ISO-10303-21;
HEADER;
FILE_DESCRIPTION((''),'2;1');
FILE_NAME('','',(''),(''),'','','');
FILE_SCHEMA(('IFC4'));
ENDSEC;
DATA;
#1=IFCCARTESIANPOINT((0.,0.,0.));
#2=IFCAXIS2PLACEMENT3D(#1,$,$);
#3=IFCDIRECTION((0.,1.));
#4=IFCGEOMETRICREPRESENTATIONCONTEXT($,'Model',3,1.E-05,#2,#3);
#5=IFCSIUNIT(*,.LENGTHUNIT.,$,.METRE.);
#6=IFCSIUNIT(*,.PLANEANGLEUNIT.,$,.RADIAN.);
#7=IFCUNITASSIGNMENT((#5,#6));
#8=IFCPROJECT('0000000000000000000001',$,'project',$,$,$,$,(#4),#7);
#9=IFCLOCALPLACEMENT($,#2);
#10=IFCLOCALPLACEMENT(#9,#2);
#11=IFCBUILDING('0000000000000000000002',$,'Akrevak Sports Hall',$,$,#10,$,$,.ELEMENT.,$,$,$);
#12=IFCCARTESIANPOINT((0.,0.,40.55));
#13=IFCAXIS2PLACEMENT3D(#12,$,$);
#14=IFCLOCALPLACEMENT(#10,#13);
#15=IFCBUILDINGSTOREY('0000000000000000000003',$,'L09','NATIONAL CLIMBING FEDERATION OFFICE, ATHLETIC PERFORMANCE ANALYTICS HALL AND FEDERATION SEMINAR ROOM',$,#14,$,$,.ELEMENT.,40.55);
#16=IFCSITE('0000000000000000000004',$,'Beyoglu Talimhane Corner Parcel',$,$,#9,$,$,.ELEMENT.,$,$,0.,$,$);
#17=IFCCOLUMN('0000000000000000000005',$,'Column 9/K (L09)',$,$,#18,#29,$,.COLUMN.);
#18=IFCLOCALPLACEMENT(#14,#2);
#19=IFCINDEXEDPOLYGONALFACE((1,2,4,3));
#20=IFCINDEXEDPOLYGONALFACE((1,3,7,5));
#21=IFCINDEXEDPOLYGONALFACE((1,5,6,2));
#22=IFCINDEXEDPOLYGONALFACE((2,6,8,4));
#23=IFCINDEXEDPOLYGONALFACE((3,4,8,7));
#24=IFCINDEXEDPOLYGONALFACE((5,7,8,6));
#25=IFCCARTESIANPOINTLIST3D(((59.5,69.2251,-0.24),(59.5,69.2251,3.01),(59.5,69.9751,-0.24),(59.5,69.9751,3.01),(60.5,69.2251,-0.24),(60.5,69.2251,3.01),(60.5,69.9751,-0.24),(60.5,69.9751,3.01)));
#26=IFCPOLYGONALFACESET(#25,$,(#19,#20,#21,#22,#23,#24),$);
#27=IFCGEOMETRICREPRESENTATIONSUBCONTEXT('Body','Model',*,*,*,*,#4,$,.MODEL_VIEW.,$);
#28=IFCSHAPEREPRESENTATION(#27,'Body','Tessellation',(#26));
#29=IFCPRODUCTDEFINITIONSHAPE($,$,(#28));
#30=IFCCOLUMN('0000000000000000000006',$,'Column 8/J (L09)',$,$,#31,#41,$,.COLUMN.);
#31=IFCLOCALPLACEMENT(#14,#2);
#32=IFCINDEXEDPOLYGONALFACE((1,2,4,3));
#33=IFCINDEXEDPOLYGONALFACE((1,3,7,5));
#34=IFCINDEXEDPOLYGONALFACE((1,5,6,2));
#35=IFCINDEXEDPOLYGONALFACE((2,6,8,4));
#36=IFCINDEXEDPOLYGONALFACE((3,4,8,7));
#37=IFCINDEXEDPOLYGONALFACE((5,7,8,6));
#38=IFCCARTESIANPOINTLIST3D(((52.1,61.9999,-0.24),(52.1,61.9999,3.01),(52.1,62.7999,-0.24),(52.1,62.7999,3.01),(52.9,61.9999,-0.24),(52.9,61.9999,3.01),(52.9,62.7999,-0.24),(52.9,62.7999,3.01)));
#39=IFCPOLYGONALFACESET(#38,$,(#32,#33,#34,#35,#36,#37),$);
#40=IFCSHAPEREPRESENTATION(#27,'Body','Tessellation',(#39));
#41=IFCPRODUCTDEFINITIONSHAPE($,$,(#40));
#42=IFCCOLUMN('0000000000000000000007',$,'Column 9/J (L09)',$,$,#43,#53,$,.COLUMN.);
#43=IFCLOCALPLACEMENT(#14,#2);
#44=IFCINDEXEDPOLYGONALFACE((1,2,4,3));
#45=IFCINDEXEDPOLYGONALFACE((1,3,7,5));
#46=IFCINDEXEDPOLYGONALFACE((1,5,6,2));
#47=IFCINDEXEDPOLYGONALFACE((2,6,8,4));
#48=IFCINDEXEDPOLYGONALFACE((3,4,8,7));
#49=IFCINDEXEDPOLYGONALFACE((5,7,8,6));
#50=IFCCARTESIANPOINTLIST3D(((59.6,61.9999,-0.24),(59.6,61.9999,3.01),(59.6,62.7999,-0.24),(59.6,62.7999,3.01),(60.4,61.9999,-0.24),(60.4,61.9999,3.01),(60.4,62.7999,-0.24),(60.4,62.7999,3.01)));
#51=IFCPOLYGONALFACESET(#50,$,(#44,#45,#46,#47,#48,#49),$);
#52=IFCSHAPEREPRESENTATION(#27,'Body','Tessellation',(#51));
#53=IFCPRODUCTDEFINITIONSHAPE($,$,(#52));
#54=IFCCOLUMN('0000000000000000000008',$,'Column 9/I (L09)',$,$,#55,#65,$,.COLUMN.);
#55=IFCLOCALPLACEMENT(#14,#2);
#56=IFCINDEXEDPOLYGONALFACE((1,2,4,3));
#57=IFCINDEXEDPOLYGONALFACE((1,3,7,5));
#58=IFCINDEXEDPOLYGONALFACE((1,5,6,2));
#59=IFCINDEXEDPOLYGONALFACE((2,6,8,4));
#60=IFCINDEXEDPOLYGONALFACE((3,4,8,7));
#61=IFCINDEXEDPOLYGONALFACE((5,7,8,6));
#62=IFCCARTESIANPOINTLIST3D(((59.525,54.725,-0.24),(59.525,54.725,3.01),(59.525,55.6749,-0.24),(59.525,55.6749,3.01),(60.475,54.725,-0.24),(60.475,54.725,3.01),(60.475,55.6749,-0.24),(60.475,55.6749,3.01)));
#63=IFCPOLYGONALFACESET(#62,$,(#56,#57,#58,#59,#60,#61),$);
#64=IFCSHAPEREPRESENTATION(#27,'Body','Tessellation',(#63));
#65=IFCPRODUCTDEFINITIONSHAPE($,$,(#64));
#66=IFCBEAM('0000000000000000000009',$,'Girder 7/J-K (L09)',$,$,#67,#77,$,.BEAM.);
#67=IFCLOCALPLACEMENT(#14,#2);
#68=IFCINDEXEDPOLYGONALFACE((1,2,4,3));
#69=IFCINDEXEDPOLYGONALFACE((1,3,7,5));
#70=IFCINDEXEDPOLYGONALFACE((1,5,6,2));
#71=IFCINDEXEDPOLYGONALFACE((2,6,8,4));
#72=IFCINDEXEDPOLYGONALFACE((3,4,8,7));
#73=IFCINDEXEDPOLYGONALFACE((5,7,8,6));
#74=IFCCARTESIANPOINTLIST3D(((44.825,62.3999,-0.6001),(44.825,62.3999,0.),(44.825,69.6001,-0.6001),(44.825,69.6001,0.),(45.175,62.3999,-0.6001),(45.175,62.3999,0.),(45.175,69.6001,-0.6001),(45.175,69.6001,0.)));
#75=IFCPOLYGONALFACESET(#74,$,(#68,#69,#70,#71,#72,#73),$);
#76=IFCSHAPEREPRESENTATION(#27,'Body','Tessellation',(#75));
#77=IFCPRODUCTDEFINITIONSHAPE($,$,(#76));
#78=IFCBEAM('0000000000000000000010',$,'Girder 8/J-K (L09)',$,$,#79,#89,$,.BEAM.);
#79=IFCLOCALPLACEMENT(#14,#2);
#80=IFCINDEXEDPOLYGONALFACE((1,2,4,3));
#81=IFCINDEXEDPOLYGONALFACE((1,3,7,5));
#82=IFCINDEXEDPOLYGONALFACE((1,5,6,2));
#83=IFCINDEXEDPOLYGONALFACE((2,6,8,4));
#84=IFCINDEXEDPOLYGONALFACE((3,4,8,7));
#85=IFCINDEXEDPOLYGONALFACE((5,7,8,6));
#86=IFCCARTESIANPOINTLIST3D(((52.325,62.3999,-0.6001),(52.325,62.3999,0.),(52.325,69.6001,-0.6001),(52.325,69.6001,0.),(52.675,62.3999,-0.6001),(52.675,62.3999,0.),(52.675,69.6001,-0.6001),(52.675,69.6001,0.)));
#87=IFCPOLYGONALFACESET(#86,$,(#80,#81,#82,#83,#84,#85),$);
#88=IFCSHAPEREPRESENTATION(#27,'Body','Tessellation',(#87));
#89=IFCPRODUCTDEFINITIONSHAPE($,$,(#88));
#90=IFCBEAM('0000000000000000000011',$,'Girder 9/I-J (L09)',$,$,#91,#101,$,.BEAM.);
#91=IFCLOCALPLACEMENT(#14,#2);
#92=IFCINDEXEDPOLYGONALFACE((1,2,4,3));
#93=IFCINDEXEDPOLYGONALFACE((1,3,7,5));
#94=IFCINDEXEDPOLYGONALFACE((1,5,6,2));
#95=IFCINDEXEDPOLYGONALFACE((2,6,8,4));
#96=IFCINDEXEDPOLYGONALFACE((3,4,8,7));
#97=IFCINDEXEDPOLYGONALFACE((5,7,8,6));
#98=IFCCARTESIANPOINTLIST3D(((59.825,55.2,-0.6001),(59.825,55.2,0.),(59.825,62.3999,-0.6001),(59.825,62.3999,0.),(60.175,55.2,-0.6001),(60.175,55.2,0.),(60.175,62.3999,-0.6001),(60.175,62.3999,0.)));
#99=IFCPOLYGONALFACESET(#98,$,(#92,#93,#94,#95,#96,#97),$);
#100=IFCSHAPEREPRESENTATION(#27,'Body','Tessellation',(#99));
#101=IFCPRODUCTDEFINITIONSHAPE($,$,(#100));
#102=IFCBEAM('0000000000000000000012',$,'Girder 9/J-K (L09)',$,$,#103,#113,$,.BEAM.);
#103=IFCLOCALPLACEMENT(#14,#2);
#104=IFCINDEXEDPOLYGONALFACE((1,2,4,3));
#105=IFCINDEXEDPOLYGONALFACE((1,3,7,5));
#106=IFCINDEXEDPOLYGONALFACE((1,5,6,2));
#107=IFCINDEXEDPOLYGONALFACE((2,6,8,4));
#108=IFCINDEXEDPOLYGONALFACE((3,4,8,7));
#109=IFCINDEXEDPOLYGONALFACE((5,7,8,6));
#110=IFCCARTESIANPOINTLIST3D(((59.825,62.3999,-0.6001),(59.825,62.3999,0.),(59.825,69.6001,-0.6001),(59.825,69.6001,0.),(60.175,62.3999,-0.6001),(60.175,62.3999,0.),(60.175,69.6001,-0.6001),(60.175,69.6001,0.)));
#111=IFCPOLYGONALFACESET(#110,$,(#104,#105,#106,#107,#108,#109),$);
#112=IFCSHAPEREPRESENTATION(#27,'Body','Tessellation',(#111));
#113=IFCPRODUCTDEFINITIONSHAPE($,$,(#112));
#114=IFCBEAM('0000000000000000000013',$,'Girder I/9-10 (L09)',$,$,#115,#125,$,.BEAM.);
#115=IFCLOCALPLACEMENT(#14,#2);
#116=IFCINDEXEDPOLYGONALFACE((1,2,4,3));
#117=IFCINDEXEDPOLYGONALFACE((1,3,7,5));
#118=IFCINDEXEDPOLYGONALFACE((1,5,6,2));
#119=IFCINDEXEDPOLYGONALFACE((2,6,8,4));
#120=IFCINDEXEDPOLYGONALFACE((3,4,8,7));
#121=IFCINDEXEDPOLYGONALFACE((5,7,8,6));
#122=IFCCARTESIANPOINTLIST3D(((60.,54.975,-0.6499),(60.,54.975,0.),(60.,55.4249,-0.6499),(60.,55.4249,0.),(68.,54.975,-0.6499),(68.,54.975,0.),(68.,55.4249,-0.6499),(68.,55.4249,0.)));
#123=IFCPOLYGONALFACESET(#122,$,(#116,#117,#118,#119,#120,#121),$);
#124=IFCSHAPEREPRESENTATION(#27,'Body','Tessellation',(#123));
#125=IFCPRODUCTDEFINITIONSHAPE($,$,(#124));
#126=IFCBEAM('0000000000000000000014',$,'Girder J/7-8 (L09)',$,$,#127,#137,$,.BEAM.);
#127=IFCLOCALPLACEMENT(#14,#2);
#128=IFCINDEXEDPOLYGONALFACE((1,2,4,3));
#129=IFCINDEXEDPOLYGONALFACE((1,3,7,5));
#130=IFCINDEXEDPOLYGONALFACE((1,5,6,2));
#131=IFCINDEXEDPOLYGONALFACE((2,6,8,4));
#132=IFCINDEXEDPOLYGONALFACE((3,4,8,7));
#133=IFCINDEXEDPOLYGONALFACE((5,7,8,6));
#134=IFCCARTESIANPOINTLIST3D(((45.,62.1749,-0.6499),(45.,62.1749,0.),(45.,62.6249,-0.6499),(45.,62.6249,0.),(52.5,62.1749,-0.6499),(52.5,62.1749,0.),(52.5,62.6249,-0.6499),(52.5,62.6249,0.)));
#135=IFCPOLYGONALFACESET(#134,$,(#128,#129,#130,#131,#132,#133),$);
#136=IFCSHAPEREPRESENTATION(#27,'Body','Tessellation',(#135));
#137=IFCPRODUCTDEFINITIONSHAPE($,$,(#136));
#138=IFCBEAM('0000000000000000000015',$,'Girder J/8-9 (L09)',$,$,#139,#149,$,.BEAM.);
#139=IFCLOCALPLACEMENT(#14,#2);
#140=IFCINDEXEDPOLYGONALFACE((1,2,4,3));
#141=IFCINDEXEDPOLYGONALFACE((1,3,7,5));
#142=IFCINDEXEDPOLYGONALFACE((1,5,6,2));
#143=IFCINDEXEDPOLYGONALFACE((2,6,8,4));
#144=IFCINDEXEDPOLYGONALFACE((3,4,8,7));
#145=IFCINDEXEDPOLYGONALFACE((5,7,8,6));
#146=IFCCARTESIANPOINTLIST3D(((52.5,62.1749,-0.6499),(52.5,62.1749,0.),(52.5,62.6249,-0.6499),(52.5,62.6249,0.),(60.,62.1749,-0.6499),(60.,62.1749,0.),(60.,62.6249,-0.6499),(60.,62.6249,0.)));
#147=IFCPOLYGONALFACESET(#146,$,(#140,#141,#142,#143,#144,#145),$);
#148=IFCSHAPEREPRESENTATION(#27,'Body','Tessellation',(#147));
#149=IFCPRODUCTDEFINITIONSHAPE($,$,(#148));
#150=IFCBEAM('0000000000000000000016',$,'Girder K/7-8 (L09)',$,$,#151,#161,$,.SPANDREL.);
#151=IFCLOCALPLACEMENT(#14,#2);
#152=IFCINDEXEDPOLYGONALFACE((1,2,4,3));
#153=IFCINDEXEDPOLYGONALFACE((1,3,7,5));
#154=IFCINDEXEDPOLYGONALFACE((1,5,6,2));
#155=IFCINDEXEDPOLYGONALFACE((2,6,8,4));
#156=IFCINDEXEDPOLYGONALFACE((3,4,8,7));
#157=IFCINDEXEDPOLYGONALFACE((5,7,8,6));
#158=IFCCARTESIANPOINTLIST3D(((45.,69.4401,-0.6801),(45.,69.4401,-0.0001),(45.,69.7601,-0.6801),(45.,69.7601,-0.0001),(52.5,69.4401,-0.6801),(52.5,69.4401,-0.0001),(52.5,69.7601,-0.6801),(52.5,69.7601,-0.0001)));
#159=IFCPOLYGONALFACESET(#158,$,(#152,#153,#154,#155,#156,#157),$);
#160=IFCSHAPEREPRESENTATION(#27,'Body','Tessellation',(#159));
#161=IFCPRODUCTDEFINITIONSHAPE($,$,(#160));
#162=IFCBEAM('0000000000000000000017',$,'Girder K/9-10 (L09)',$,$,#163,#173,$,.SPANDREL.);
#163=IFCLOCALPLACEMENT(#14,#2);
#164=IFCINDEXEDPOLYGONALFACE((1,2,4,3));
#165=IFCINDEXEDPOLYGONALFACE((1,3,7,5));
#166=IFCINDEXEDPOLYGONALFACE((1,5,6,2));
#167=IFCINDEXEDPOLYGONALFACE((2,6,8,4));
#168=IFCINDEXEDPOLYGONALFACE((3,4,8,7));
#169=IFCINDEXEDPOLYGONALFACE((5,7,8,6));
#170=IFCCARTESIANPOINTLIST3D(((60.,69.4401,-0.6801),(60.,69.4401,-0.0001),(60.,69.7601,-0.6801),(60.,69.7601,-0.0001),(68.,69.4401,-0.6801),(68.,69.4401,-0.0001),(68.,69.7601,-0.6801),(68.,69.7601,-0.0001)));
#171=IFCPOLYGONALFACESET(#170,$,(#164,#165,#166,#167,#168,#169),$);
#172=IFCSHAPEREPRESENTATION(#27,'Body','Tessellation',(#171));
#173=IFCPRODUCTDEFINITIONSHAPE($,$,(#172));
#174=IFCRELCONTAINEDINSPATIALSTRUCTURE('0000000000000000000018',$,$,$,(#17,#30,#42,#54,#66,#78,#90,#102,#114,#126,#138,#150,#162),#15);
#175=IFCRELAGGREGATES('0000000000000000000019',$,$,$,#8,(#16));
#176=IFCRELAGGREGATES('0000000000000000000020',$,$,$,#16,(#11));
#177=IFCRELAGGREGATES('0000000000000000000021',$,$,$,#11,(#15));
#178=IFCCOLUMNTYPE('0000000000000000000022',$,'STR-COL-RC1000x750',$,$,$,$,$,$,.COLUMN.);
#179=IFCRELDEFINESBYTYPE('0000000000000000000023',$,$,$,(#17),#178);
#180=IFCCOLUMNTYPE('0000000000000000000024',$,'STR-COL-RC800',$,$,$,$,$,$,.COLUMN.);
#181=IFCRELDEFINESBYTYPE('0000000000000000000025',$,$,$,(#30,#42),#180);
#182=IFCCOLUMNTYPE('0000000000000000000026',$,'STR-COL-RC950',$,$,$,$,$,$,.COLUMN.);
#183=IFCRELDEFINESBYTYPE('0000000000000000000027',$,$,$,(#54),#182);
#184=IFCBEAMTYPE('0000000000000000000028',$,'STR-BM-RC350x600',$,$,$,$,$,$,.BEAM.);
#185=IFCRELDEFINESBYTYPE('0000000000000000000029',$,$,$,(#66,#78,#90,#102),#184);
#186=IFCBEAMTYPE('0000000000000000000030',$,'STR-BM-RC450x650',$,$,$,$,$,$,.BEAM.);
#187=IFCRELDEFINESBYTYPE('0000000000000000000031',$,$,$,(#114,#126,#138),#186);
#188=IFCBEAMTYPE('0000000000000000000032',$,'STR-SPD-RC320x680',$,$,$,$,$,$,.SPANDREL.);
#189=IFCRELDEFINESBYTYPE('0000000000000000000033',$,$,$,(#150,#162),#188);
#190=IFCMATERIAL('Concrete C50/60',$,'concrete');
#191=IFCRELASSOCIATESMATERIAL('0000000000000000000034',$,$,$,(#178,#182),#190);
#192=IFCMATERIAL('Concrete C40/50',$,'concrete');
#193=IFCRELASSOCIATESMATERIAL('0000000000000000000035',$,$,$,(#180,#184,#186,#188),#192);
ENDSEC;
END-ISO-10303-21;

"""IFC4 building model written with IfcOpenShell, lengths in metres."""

from ifc_helpers import new_model, si_unit, direction, frame, origin, origin_2d, place, context, subcontext, project, spatial, rectangle, extrude, material, material_profile, profile_set, type_object, element, save


model = new_model("IFC4")

# Units and contexts
model_context = context("Model", 3, precision=1e-05, world=origin(), true_north=direction((0.0, 1.0)))
body_context = subcontext(model_context, "Body", "Model", "MODEL_VIEW")
ifc_project = project(units=[si_unit("LENGTHUNIT", "METRE"), si_unit("PLANEANGLEUNIT", "RADIAN")], contexts=[model_context])

# Site, building, storey
site_placement = place(None, origin())
site = spatial("IfcSite", under=ifc_project, at=site_placement, Name="Beyoglu Talimhane Corner Parcel", CompositionType="ELEMENT", RefElevation=0.0)
building_placement = place(site_placement, origin())
building = spatial("IfcBuilding", under=site, at=building_placement, Name="Akrevak Sports Hall", CompositionType="ELEMENT")
storey_placement = place(building_placement, frame((0.0, 0.0, 40.55)))
storey = spatial("IfcBuildingStorey", under=building, at=storey_placement, Name="L09", Description="NATIONAL CLIMBING FEDERATION OFFICE, ATHLETIC PERFORMANCE ANALYTICS HALL AND FEDERATION SEMINAR ROOM", CompositionType="ELEMENT", Elevation=40.55)

# Columns
ifc_material_1 = material(Name="Concrete C50/60", Category="concrete")
ifc_material_profile_1 = material_profile(ifc_material_1, rectangle(XDim=1.0, YDim=0.75, at=origin_2d()), Name="RC 1000x750", Category="concrete")
ifc_profile_set_1 = profile_set([ifc_material_profile_1], Name="Concrete C50/60")
column_type_1 = type_object("IfcColumnType", Name="STR-COL-RC1000x750", PredefinedType="COLUMN", material=ifc_profile_set_1)
column_1_placement = place(storey_placement, frame((60.0, 69.6001, -0.24), z_axis=(0.0, 0.0, 1.0), x_axis=(1.0, 0.0, 0.0)))
element("IfcColumn", 1, at=column_1_placement, inside=storey, type_object=column_type_1, Name="Column 9/K (L09)", PredefinedType="COLUMN", context=body_context, shape_type="SweptSolid", body=[
    extrude(rectangle(XDim=1.0, YDim=0.75, at=origin_2d()), origin(), (0.0, 0.0, 1.0), 3.25),
])
ifc_material_2 = material(Name="Concrete C40/50", Category="concrete")
ifc_material_profile_2 = material_profile(ifc_material_2, rectangle(XDim=0.8, YDim=0.8, at=origin_2d()), Name="RC 800x800", Category="concrete")
ifc_profile_set_2 = profile_set([ifc_material_profile_2], Name="Concrete C40/50")
column_type_2 = type_object("IfcColumnType", Name="STR-COL-RC800", PredefinedType="COLUMN", material=ifc_profile_set_2)
for number, where, z_axis, x_axis, name in (
    (2, (52.5, 62.3999, -0.24), (0.0, 0.0, 1.0), (1.0, 0.0, 0.0), "Column 8/J (L09)"),
    (3, (60.0, 62.3999, -0.24), (0.0, 0.0, 1.0), (1.0, 0.0, 0.0), "Column 9/J (L09)"),
):
    element("IfcColumn", number, at=place(storey_placement, frame(where, z_axis=z_axis, x_axis=x_axis)), inside=storey, type_object=column_type_2, Name=name, PredefinedType="COLUMN", context=body_context, shape_type="SweptSolid", body=[
        extrude(rectangle(XDim=0.8, YDim=0.8, at=origin_2d()), origin(), (0.0, 0.0, 1.0), 3.25),
    ])
ifc_material_profile_3 = material_profile(ifc_material_1, rectangle(XDim=0.95, YDim=0.95, at=origin_2d()), Name="RC 950x950", Category="concrete")
ifc_profile_set_3 = profile_set([ifc_material_profile_3], Name="Concrete C50/60")
column_type_3 = type_object("IfcColumnType", Name="STR-COL-RC950", PredefinedType="COLUMN", material=ifc_profile_set_3)
column_2_placement = place(storey_placement, frame((60.0, 55.2, -0.24), z_axis=(0.0, 0.0, 1.0), x_axis=(1.0, 0.0, 0.0)))
element("IfcColumn", 4, at=column_2_placement, inside=storey, type_object=column_type_3, Name="Column 9/I (L09)", PredefinedType="COLUMN", context=body_context, shape_type="SweptSolid", body=[
    extrude(rectangle(XDim=0.95, YDim=0.95, at=origin_2d()), origin(), (0.0, 0.0, 1.0), 3.25),
])

# Beams
ifc_material_profile_4 = material_profile(ifc_material_2, rectangle(XDim=0.3501, YDim=0.6001, at=origin_2d()), Name="BM 350x600", Category="concrete")
ifc_profile_set_4 = profile_set([ifc_material_profile_4], Name="Concrete C40/50")
beam_type_1 = type_object("IfcBeamType", Name="STR-BM-RC350x600", PredefinedType="BEAM", material=ifc_profile_set_4)
for number, where, z_axis, x_axis, name in (
    (5, (45.0, 62.3999, -0.3), (0.0, 1.0, 0.0), (-1.0, 0.0, 0.0), "Girder 7/J-K (L09)"),
    (6, (52.5, 62.3999, -0.3), (0.0, 1.0, 0.0), (-1.0, 0.0, 0.0), "Girder 8/J-K (L09)"),
):
    element("IfcBeam", number, at=place(storey_placement, frame(where, z_axis=z_axis, x_axis=x_axis)), inside=storey, type_object=beam_type_1, Name=name, PredefinedType="BEAM", context=body_context, shape_type="SweptSolid", body=[
        extrude(rectangle(XDim=0.3501, YDim=0.6001, at=origin_2d()), origin(), (0.0, 0.0, 1.0), 7.2002),
    ])
beam_1_placement = place(storey_placement, frame((60.0, 55.2, -0.3), z_axis=(0.0, 1.0, 0.0), x_axis=(-1.0, 0.0, 0.0)))
element("IfcBeam", 7, at=beam_1_placement, inside=storey, type_object=beam_type_1, Name="Girder 9/I-J (L09)", PredefinedType="BEAM", context=body_context, shape_type="SweptSolid", body=[
    extrude(rectangle(XDim=0.3501, YDim=0.6001, at=origin_2d()), origin(), (0.0, 0.0, 1.0), 7.2),
])
beam_2_placement = place(storey_placement, frame((60.0, 62.3999, -0.3), z_axis=(0.0, 1.0, 0.0), x_axis=(-1.0, 0.0, 0.0)))
element("IfcBeam", 8, at=beam_2_placement, inside=storey, type_object=beam_type_1, Name="Girder 9/J-K (L09)", PredefinedType="BEAM", context=body_context, shape_type="SweptSolid", body=[
    extrude(rectangle(XDim=0.3501, YDim=0.6001, at=origin_2d()), origin(), (0.0, 0.0, 1.0), 7.2002),
])
ifc_material_profile_5 = material_profile(ifc_material_2, rectangle(XDim=0.45, YDim=0.6499, at=origin_2d()), Name="BM 450x650", Category="concrete")
ifc_profile_set_5 = profile_set([ifc_material_profile_5], Name="Concrete C40/50")
beam_type_2 = type_object("IfcBeamType", Name="STR-BM-RC450x650", PredefinedType="BEAM", material=ifc_profile_set_5)
beam_3_placement = place(storey_placement, frame((60.0, 55.2, -0.325), z_axis=(1.0, 0.0, 0.0), x_axis=(0.0, 1.0, 0.0)))
element("IfcBeam", 9, at=beam_3_placement, inside=storey, type_object=beam_type_2, Name="Girder I/9-10 (L09)", PredefinedType="BEAM", context=body_context, shape_type="SweptSolid", body=[
    extrude(rectangle(XDim=0.45, YDim=0.6499, at=origin_2d()), origin(), (0.0, 0.0, 1.0), 8.0),
])
for number, where, z_axis, x_axis, name in (
    (10, (45.0, 62.3999, -0.325), (1.0, 0.0, 0.0), (0.0, 1.0, 0.0), "Girder J/7-8 (L09)"),
    (11, (52.5, 62.3999, -0.325), (1.0, 0.0, 0.0), (0.0, 1.0, 0.0), "Girder J/8-9 (L09)"),
):
    element("IfcBeam", number, at=place(storey_placement, frame(where, z_axis=z_axis, x_axis=x_axis)), inside=storey, type_object=beam_type_2, Name=name, PredefinedType="BEAM", context=body_context, shape_type="SweptSolid", body=[
        extrude(rectangle(XDim=0.45, YDim=0.6499, at=origin_2d()), origin(), (0.0, 0.0, 1.0), 7.5),
    ])
ifc_material_profile_6 = material_profile(ifc_material_2, rectangle(XDim=0.3201, YDim=0.6799, at=origin_2d()), Name="SPD 320x680", Category="concrete")
ifc_profile_set_6 = profile_set([ifc_material_profile_6], Name="Concrete C40/50")
beam_type_3 = type_object("IfcBeamType", Name="STR-SPD-RC320x680", PredefinedType="SPANDREL", material=ifc_profile_set_6)
beam_4_placement = place(storey_placement, frame((45.0, 69.6001, -0.3401), z_axis=(1.0, 0.0, 0.0), x_axis=(0.0, 1.0, 0.0)))
element("IfcBeam", 12, at=beam_4_placement, inside=storey, type_object=beam_type_3, Name="Girder K/7-8 (L09)", PredefinedType="SPANDREL", context=body_context, shape_type="SweptSolid", body=[
    extrude(rectangle(XDim=0.3201, YDim=0.6799, at=origin_2d()), origin(), (0.0, 0.0, 1.0), 7.5),
])
beam_5_placement = place(storey_placement, frame((60.0, 69.6001, -0.3401), z_axis=(1.0, 0.0, 0.0), x_axis=(0.0, 1.0, 0.0)))
element("IfcBeam", 13, at=beam_5_placement, inside=storey, type_object=beam_type_3, Name="Girder K/9-10 (L09)", PredefinedType="SPANDREL", context=body_context, shape_type="SweptSolid", body=[
    extrude(rectangle(XDim=0.3201, YDim=0.6799, at=origin_2d()), origin(), (0.0, 0.0, 1.0), 8.0),
])

save(model, "model.ifc")
